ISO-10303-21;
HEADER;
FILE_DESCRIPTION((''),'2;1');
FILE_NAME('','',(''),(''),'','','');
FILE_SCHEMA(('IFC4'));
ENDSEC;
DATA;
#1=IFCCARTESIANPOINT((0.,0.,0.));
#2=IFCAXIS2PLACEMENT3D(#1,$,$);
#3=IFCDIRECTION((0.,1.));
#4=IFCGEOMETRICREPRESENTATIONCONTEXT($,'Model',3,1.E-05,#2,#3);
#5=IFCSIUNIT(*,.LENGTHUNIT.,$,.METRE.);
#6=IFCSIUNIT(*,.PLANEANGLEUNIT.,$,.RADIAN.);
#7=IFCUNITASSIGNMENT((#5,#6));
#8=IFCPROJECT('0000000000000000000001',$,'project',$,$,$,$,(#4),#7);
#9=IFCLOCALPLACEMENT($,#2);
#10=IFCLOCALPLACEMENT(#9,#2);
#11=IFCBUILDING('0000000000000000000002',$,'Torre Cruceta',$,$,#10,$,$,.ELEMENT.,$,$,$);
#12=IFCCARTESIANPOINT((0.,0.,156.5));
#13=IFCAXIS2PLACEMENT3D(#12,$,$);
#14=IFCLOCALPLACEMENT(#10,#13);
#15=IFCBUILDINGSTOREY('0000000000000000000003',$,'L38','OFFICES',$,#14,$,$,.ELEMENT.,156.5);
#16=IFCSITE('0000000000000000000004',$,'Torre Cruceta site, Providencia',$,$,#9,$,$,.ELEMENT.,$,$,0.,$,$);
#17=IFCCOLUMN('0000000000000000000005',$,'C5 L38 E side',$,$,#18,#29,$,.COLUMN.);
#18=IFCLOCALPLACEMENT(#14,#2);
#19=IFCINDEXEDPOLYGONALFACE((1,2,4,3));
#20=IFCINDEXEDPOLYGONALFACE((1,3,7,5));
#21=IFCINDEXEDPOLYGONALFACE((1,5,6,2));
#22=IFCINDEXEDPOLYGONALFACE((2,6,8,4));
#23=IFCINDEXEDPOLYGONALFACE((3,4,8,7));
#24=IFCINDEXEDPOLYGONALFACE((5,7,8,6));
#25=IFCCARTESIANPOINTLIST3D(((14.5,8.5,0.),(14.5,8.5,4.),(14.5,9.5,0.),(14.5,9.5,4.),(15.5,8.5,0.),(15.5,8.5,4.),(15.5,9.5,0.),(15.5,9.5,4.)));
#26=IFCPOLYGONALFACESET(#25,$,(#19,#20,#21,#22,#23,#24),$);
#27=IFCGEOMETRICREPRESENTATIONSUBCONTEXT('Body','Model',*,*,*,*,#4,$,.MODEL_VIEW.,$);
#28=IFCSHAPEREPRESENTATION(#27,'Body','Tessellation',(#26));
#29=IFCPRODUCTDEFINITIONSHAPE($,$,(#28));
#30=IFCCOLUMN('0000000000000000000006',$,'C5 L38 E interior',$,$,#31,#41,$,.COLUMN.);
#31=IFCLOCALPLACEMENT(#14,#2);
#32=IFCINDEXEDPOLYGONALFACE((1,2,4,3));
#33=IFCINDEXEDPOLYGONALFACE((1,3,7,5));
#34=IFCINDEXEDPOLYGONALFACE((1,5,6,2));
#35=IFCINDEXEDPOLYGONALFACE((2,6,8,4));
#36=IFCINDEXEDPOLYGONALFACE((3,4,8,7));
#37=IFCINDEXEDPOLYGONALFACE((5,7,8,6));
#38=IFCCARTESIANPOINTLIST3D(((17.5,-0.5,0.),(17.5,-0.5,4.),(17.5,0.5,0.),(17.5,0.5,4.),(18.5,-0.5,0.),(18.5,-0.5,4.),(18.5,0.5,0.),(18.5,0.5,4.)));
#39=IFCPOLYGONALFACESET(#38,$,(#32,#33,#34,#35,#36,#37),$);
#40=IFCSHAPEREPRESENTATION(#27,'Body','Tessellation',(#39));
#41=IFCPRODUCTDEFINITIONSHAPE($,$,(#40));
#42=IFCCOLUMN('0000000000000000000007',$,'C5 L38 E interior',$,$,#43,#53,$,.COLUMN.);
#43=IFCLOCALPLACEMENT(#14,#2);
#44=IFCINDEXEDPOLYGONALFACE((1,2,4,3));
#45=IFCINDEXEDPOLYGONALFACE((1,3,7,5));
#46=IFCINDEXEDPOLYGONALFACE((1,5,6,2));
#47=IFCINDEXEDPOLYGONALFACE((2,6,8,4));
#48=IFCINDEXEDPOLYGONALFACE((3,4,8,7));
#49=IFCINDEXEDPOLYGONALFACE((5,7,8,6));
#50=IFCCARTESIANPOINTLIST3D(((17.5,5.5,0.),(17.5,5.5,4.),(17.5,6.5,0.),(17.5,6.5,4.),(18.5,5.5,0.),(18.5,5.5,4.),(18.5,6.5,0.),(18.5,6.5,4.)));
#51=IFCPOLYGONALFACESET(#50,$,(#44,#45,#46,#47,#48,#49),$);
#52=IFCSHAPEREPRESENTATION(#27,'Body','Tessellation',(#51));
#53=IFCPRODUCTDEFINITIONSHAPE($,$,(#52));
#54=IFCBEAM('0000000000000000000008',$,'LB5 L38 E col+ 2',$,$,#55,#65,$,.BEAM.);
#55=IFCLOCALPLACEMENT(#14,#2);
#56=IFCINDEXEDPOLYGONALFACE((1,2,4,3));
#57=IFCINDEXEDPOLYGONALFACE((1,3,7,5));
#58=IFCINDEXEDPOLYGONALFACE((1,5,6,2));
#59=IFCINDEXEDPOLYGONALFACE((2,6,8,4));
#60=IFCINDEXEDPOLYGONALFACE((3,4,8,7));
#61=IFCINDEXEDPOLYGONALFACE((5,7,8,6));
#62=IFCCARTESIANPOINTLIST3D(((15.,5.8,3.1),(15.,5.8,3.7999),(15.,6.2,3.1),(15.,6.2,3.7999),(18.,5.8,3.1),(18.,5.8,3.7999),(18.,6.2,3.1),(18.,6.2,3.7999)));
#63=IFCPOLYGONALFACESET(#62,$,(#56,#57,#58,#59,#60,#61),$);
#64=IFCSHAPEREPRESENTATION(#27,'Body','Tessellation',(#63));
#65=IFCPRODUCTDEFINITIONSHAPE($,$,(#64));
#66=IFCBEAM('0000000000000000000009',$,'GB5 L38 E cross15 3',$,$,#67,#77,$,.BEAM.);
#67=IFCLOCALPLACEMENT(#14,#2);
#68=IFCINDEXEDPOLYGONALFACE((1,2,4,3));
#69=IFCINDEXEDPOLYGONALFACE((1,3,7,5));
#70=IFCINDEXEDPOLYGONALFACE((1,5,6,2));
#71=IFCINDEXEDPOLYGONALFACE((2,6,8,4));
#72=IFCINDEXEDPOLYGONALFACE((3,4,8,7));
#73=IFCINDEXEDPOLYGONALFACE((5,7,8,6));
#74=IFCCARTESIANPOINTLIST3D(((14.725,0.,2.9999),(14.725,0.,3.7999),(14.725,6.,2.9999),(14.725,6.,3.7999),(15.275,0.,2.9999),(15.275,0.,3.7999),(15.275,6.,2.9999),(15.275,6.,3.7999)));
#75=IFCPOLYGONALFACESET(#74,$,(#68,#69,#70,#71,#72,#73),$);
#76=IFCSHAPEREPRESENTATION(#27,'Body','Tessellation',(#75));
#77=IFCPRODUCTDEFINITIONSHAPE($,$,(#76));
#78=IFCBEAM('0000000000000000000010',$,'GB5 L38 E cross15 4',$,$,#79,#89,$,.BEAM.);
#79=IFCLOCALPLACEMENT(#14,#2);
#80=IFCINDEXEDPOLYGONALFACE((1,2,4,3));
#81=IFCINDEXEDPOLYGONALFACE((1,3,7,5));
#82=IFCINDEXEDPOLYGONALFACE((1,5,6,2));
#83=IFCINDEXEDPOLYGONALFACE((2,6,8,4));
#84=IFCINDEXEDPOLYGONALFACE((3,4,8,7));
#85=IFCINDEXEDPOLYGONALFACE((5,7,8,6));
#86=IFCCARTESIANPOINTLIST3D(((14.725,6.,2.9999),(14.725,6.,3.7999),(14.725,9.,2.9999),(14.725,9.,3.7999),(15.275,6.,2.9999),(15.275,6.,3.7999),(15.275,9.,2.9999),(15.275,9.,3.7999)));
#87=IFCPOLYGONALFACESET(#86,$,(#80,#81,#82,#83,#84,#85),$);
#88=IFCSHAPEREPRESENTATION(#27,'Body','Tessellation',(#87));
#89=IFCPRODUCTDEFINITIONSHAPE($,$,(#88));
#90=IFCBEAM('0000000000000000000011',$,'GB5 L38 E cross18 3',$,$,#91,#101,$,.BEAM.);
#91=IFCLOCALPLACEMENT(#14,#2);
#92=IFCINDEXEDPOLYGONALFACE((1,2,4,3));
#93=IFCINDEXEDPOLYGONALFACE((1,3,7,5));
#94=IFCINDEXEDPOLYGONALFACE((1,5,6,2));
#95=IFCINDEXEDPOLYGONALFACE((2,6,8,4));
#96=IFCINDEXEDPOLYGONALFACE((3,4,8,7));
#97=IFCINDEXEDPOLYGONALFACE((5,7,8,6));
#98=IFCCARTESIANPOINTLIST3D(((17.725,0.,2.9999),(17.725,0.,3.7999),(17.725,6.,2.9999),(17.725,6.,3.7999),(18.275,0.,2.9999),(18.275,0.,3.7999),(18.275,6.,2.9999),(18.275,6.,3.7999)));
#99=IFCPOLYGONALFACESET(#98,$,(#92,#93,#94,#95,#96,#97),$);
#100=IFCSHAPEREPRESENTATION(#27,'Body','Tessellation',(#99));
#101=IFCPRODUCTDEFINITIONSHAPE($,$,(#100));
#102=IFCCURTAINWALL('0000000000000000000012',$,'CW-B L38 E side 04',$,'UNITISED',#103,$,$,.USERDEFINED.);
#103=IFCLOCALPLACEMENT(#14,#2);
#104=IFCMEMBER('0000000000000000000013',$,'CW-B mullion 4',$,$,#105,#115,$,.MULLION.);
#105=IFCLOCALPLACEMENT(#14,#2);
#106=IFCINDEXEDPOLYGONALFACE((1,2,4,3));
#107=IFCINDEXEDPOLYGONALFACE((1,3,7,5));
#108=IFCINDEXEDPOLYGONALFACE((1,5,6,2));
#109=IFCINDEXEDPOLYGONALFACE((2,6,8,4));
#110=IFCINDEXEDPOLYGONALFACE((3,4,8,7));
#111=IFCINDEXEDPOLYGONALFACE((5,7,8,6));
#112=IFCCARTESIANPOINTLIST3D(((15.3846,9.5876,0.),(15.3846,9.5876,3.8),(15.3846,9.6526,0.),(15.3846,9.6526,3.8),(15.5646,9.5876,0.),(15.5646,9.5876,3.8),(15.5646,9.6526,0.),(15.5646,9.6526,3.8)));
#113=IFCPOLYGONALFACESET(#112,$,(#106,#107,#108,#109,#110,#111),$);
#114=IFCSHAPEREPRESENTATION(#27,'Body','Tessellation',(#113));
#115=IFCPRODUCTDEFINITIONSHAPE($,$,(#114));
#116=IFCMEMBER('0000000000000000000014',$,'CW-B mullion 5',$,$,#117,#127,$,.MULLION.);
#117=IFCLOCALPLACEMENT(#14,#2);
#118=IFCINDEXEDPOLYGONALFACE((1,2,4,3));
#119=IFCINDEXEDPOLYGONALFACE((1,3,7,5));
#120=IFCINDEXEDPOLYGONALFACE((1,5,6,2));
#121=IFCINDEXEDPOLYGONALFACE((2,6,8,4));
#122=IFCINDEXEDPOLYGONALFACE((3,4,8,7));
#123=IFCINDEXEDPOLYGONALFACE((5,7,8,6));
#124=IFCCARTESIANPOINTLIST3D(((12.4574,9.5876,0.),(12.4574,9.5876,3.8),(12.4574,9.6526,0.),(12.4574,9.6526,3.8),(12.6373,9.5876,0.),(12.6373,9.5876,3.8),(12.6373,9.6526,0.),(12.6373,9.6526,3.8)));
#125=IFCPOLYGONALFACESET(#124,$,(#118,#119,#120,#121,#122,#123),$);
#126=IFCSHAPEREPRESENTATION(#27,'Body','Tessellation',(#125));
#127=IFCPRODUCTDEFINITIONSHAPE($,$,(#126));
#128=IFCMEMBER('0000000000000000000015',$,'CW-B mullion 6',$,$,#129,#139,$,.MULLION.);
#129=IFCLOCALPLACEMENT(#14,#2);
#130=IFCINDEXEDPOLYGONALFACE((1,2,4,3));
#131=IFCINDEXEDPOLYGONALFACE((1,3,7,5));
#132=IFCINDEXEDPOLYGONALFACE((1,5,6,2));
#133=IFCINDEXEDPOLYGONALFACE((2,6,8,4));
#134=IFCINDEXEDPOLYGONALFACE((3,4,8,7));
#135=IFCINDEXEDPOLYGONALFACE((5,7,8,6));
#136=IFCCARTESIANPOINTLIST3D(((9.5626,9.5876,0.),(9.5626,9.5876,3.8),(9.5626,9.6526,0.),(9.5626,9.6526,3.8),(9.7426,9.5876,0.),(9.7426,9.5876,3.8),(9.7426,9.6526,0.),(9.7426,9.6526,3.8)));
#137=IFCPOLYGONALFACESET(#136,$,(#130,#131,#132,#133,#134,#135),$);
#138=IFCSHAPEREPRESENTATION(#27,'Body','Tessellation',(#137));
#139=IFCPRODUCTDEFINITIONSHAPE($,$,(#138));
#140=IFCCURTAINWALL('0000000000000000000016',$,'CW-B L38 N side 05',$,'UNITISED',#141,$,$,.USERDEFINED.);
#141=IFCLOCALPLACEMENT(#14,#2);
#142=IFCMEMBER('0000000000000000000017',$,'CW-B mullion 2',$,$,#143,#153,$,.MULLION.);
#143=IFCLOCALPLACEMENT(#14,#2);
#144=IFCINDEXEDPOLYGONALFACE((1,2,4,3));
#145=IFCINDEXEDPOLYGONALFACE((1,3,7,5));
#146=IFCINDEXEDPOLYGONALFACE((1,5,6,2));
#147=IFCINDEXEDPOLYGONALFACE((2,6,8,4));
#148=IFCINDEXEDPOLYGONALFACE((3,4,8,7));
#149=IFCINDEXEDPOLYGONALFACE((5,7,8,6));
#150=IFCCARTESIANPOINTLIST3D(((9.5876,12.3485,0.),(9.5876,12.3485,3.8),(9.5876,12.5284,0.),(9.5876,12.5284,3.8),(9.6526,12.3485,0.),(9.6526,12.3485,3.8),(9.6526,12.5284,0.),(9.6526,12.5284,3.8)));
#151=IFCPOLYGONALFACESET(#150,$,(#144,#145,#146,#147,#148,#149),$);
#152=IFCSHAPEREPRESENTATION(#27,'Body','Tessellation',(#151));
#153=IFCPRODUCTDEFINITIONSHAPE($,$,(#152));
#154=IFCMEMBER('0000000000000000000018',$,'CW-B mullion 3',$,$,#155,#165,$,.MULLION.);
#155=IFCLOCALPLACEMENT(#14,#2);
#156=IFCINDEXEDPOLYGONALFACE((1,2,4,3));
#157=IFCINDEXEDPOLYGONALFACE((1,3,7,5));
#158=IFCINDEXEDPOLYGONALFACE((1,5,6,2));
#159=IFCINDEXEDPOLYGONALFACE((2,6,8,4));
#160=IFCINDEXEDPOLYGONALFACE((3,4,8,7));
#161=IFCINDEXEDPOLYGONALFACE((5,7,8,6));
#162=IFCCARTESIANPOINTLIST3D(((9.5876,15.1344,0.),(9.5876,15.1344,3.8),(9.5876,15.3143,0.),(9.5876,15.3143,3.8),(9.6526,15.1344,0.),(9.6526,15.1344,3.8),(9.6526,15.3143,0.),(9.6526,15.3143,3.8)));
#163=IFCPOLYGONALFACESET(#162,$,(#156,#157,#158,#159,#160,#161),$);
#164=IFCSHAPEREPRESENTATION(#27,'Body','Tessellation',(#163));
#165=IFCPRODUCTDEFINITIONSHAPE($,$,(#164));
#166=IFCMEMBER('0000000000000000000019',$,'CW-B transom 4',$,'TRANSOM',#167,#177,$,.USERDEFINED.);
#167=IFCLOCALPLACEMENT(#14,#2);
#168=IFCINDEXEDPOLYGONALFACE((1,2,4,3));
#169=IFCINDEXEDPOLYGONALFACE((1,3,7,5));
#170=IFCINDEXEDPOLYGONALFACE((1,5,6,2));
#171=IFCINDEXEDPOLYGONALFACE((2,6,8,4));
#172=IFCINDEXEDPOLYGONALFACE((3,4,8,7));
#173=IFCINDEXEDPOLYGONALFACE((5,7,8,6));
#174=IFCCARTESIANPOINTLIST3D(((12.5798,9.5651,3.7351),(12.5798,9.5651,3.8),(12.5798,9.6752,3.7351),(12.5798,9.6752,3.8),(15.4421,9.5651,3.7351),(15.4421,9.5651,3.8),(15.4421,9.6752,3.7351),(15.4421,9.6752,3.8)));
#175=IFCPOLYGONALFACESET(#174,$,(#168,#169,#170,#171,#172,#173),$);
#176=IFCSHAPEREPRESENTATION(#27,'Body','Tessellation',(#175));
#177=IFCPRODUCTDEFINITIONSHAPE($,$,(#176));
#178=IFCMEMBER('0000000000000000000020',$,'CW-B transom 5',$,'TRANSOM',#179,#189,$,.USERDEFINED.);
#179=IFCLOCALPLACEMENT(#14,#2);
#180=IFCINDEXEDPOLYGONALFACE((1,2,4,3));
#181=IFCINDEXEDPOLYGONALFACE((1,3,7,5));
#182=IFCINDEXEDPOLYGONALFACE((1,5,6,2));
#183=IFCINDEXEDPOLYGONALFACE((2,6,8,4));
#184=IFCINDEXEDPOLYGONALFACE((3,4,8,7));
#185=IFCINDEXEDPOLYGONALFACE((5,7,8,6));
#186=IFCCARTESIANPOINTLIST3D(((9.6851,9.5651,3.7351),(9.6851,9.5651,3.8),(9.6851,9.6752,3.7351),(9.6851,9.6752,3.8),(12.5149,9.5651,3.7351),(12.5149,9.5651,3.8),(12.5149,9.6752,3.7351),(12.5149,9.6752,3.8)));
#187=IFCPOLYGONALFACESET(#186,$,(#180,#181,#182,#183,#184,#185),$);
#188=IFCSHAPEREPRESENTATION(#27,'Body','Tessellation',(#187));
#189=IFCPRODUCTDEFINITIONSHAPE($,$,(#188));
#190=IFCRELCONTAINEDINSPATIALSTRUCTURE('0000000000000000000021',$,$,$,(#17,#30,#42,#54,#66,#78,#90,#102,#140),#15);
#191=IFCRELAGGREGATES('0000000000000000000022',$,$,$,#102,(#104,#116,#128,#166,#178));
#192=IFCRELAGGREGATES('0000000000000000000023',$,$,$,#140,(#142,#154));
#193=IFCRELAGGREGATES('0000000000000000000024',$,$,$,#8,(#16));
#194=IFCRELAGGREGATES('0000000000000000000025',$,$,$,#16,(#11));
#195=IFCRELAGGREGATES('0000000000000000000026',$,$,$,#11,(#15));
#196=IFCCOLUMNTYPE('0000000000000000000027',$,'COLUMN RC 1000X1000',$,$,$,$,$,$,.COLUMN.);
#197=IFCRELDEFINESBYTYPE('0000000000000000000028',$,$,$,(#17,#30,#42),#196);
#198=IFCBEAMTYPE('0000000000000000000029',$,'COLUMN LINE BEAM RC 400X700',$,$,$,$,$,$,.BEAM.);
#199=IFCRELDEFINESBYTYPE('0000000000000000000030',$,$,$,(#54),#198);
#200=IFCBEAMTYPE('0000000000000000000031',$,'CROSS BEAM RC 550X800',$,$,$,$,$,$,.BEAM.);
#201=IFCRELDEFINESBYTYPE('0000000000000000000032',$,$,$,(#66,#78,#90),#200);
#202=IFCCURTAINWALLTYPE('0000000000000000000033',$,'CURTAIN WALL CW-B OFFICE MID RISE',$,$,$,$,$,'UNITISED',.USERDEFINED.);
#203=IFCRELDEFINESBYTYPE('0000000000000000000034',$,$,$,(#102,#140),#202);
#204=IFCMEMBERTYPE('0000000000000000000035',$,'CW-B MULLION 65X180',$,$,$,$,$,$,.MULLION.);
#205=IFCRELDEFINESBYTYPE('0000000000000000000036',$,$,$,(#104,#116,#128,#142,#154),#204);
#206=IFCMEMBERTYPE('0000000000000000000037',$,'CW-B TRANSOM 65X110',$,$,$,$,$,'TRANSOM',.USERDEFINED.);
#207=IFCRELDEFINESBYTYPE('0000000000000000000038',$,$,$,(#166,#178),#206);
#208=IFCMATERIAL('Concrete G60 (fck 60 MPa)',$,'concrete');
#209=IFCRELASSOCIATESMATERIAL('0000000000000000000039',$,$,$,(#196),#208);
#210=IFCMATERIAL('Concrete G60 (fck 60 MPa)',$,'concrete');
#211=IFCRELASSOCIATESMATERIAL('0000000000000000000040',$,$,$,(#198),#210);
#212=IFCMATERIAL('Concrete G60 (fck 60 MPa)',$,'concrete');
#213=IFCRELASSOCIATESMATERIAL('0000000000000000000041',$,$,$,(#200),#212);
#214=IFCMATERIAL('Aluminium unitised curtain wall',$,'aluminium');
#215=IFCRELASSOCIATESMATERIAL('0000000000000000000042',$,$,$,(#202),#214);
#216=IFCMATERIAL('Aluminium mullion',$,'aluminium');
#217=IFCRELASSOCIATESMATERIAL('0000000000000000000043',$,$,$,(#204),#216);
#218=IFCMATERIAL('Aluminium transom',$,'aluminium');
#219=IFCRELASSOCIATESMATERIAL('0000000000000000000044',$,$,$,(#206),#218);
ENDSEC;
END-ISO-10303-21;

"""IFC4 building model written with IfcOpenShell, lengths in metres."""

from ifc_helpers import new_model, si_unit, direction, frame, origin, origin_2d, place, context, subcontext, project, spatial, rectangle, extrude, material, material_profile, profile_set, type_object, element, aggregate, save


model = new_model("IFC4")

# Units and contexts
model_context = context("Model", 3, precision=1e-05, world=origin(), true_north=direction((0.0, 1.0)))
body_context = subcontext(model_context, "Body", "Model", "MODEL_VIEW")
ifc_project = project(units=[si_unit("LENGTHUNIT", "METRE"), si_unit("PLANEANGLEUNIT", "RADIAN")], contexts=[model_context])

# Site, building, storey
site_placement = place(None, origin())
site = spatial("IfcSite", under=ifc_project, at=site_placement, Name="Torre Cruceta site, Providencia", CompositionType="ELEMENT", RefElevation=0.0)
building_placement = place(site_placement, origin())
building = spatial("IfcBuilding", under=site, at=building_placement, Name="Torre Cruceta", CompositionType="ELEMENT")
storey_placement = place(building_placement, frame((0.0, 0.0, 156.5)))
storey = spatial("IfcBuildingStorey", under=building, at=storey_placement, Name="L38", Description="OFFICES", CompositionType="ELEMENT", Elevation=156.5)

# Columns
ifc_material_1 = material(Name="Concrete G60 (fck 60 MPa)", Category="concrete")
ifc_material_profile_1 = material_profile(ifc_material_1, rectangle(XDim=1.0, YDim=1.0, at=origin_2d()), Name="RC 1000X1000")
ifc_profile_set_1 = profile_set([ifc_material_profile_1], Name="Concrete G60 (fck 60 MPa)")
column_type = type_object("IfcColumnType", Name="COLUMN RC 1000X1000", PredefinedType="COLUMN", material=ifc_profile_set_1)
for number, where, z_axis, x_axis, name in (
    (1, (15.0, 9.0, 0.0), (0.0, 0.0, 1.0), (1.0, 0.0, 0.0), "C5 L38 E side"),
    (2, (18.0, 0.0, 0.0), (0.0, 0.0, 1.0), (1.0, 0.0, 0.0), "C5 L38 E interior"),
    (3, (18.0, 6.0, 0.0), (0.0, 0.0, 1.0), (1.0, 0.0, 0.0), "C5 L38 E interior"),
):
    element("IfcColumn", number, at=place(storey_placement, frame(where, z_axis=z_axis, x_axis=x_axis)), inside=storey, type_object=column_type, Name=name, PredefinedType="COLUMN", context=body_context, shape_type="SweptSolid", body=[
        extrude(rectangle(XDim=1.0, YDim=1.0, at=origin_2d()), origin(), (0.0, 0.0, 1.0), 4.0),
    ])

# Beams
ifc_material_2 = material(Name="Concrete G60 (fck 60 MPa)", Category="concrete")
ifc_material_profile_2 = material_profile(ifc_material_2, rectangle(XDim=0.3999, YDim=0.7, at=origin_2d()), Name="RC 400X700")
ifc_profile_set_2 = profile_set([ifc_material_profile_2], Name="Concrete G60 (fck 60 MPa)")
beam_type_1 = type_object("IfcBeamType", Name="COLUMN LINE BEAM RC 400X700", PredefinedType="BEAM", material=ifc_profile_set_2)
beam_1_placement = place(storey_placement, frame((15.0, 6.0, 3.45), z_axis=(1.0, 0.0, 0.0), x_axis=(0.0, 1.0, 0.0)))
element("IfcBeam", 4, at=beam_1_placement, inside=storey, type_object=beam_type_1, Name="LB5 L38 E col+ 2", PredefinedType="BEAM", context=body_context, shape_type="SweptSolid", body=[
    extrude(rectangle(XDim=0.3999, YDim=0.7, at=origin_2d()), origin(), (0.0, 0.0, 1.0), 3.0),
])
ifc_material_3 = material(Name="Concrete G60 (fck 60 MPa)", Category="concrete")
ifc_material_profile_3 = material_profile(ifc_material_3, rectangle(XDim=0.55, YDim=0.8, at=origin_2d()), Name="RC 550X800")
ifc_profile_set_3 = profile_set([ifc_material_profile_3], Name="Concrete G60 (fck 60 MPa)")
beam_type_2 = type_object("IfcBeamType", Name="CROSS BEAM RC 550X800", PredefinedType="BEAM", material=ifc_profile_set_3)
beam_2_placement = place(storey_placement, frame((15.0, 0.0, 3.3999), z_axis=(0.0, 1.0, 0.0), x_axis=(-1.0, 0.0, 0.0)))
element("IfcBeam", 5, at=beam_2_placement, inside=storey, type_object=beam_type_2, Name="GB5 L38 E cross15 3", PredefinedType="BEAM", context=body_context, shape_type="SweptSolid", body=[
    extrude(rectangle(XDim=0.55, YDim=0.8, at=origin_2d()), origin(), (0.0, 0.0, 1.0), 6.0),
])
beam_3_placement = place(storey_placement, frame((15.0, 6.0, 3.3999), z_axis=(0.0, 1.0, 0.0), x_axis=(-1.0, 0.0, 0.0)))
element("IfcBeam", 6, at=beam_3_placement, inside=storey, type_object=beam_type_2, Name="GB5 L38 E cross15 4", PredefinedType="BEAM", context=body_context, shape_type="SweptSolid", body=[
    extrude(rectangle(XDim=0.55, YDim=0.8, at=origin_2d()), origin(), (0.0, 0.0, 1.0), 3.0),
])
beam_4_placement = place(storey_placement, frame((18.0, 0.0, 3.3999), z_axis=(0.0, 1.0, 0.0), x_axis=(-1.0, 0.0, 0.0)))
element("IfcBeam", 7, at=beam_4_placement, inside=storey, type_object=beam_type_2, Name="GB5 L38 E cross18 3", PredefinedType="BEAM", context=body_context, shape_type="SweptSolid", body=[
    extrude(rectangle(XDim=0.55, YDim=0.8, at=origin_2d()), origin(), (0.0, 0.0, 1.0), 6.0),
])

# Curtain walls, members
ifc_material_4 = material(Name="Aluminium unitised curtain wall", Category="aluminium")
curtain_wall_type = type_object("IfcCurtainWallType", Name="CURTAIN WALL CW-B OFFICE MID RISE", ElementType="UNITISED", PredefinedType="USERDEFINED", material=ifc_material_4)
curtain_wall_1_placement = place(storey_placement, origin())
curtain_wall_1 = element("IfcCurtainWall", 8, at=curtain_wall_1_placement, inside=storey, type_object=curtain_wall_type, Name="CW-B L38 E side 04", ObjectType="UNITISED", PredefinedType="USERDEFINED")
ifc_material_5 = material(Name="Aluminium mullion", Category="aluminium")
ifc_material_profile_4 = material_profile(ifc_material_5, rectangle(XDim=0.0649, YDim=0.1799, at=origin_2d()), Name="AL 65X180")
ifc_profile_set_4 = profile_set([ifc_material_profile_4], Name="Aluminium mullion")
member_type_1 = type_object("IfcMemberType", Name="CW-B MULLION 65X180", PredefinedType="MULLION", material=ifc_profile_set_4)
member_1_placement = place(storey_placement, frame((15.4746, 9.6201, 0.0), z_axis=(0.0, 0.0, 1.0), x_axis=(0.0, -1.0, 0.0)))
member_1 = element("IfcMember", 9, at=member_1_placement, type_object=member_type_1, Name="CW-B mullion 4", PredefinedType="MULLION", context=body_context, shape_type="SweptSolid", body=[
    extrude(rectangle(XDim=0.0649, YDim=0.1799, at=origin_2d()), origin(), (0.0, 0.0, 1.0), 3.8),
])
member_2_placement = place(storey_placement, frame((12.5474, 9.6201, 0.0), z_axis=(0.0, 0.0, 1.0), x_axis=(0.0, -1.0, 0.0)))
member_2 = element("IfcMember", 10, at=member_2_placement, type_object=member_type_1, Name="CW-B mullion 5", PredefinedType="MULLION", context=body_context, shape_type="SweptSolid", body=[
    extrude(rectangle(XDim=0.0649, YDim=0.1799, at=origin_2d()), origin(), (0.0, 0.0, 1.0), 3.8),
])
member_3_placement = place(storey_placement, frame((9.6526, 9.6201, 0.0), z_axis=(0.0, 0.0, 1.0), x_axis=(0.0, -1.0, 0.0)))
member_3 = element("IfcMember", 11, at=member_3_placement, type_object=member_type_1, Name="CW-B mullion 6", PredefinedType="MULLION", context=body_context, shape_type="SweptSolid", body=[
    extrude(rectangle(XDim=0.0649, YDim=0.1799, at=origin_2d()), origin(), (0.0, 0.0, 1.0), 3.8),
])
curtain_wall_2_placement = place(storey_placement, origin())
curtain_wall_2 = element("IfcCurtainWall", 12, at=curtain_wall_2_placement, inside=storey, type_object=curtain_wall_type, Name="CW-B L38 N side 05", ObjectType="UNITISED", PredefinedType="USERDEFINED")
member_4_placement = place(storey_placement, frame((9.6201, 12.4385, 0.0), z_axis=(0.0, 0.0, 1.0), x_axis=(-1.0, 0.0, 0.0)))
member_4 = element("IfcMember", 13, at=member_4_placement, type_object=member_type_1, Name="CW-B mullion 2", PredefinedType="MULLION", context=body_context, shape_type="SweptSolid", body=[
    extrude(rectangle(XDim=0.0649, YDim=0.1799, at=origin_2d()), origin(), (0.0, 0.0, 1.0), 3.8),
])
member_5_placement = place(storey_placement, frame((9.6201, 15.2244, 0.0), z_axis=(0.0, 0.0, 1.0), x_axis=(-1.0, 0.0, 0.0)))
member_5 = element("IfcMember", 14, at=member_5_placement, type_object=member_type_1, Name="CW-B mullion 3", PredefinedType="MULLION", context=body_context, shape_type="SweptSolid", body=[
    extrude(rectangle(XDim=0.0649, YDim=0.1799, at=origin_2d()), origin(), (0.0, 0.0, 1.0), 3.8),
])

# Members
ifc_material_6 = material(Name="Aluminium transom", Category="aluminium")
ifc_material_profile_5 = material_profile(ifc_material_6, rectangle(XDim=0.1101, YDim=0.0649, at=origin_2d()), Name="AL 110X65")
ifc_profile_set_5 = profile_set([ifc_material_profile_5], Name="Aluminium transom")
member_type_2 = type_object("IfcMemberType", Name="CW-B TRANSOM 65X110", ElementType="TRANSOM", PredefinedType="USERDEFINED", material=ifc_profile_set_5)
member_6_placement = place(storey_placement, frame((15.4421, 9.6201, 3.7676), z_axis=(-1.0, 0.0, 0.0), x_axis=(0.0, -1.0, 0.0)))
member_6 = element("IfcMember", 15, at=member_6_placement, type_object=member_type_2, Name="CW-B transom 4", ObjectType="TRANSOM", PredefinedType="USERDEFINED", context=body_context, shape_type="SweptSolid", body=[
    extrude(rectangle(XDim=0.1101, YDim=0.0649, at=origin_2d()), origin(), (0.0, 0.0, 1.0), 2.8623),
])
member_7_placement = place(storey_placement, frame((12.5149, 9.6201, 3.7676), z_axis=(-1.0, 0.0, 0.0), x_axis=(0.0, -1.0, 0.0)))
member_7 = element("IfcMember", 16, at=member_7_placement, type_object=member_type_2, Name="CW-B transom 5", ObjectType="TRANSOM", PredefinedType="USERDEFINED", context=body_context, shape_type="SweptSolid", body=[
    extrude(rectangle(XDim=0.1101, YDim=0.0649, at=origin_2d()), origin(), (0.0, 0.0, 1.0), 2.8298),
])

aggregate(curtain_wall_1, [member_1, member_2, member_3, member_6, member_7])
aggregate(curtain_wall_2, [member_4, member_5])

save(model, "model.ifc")
